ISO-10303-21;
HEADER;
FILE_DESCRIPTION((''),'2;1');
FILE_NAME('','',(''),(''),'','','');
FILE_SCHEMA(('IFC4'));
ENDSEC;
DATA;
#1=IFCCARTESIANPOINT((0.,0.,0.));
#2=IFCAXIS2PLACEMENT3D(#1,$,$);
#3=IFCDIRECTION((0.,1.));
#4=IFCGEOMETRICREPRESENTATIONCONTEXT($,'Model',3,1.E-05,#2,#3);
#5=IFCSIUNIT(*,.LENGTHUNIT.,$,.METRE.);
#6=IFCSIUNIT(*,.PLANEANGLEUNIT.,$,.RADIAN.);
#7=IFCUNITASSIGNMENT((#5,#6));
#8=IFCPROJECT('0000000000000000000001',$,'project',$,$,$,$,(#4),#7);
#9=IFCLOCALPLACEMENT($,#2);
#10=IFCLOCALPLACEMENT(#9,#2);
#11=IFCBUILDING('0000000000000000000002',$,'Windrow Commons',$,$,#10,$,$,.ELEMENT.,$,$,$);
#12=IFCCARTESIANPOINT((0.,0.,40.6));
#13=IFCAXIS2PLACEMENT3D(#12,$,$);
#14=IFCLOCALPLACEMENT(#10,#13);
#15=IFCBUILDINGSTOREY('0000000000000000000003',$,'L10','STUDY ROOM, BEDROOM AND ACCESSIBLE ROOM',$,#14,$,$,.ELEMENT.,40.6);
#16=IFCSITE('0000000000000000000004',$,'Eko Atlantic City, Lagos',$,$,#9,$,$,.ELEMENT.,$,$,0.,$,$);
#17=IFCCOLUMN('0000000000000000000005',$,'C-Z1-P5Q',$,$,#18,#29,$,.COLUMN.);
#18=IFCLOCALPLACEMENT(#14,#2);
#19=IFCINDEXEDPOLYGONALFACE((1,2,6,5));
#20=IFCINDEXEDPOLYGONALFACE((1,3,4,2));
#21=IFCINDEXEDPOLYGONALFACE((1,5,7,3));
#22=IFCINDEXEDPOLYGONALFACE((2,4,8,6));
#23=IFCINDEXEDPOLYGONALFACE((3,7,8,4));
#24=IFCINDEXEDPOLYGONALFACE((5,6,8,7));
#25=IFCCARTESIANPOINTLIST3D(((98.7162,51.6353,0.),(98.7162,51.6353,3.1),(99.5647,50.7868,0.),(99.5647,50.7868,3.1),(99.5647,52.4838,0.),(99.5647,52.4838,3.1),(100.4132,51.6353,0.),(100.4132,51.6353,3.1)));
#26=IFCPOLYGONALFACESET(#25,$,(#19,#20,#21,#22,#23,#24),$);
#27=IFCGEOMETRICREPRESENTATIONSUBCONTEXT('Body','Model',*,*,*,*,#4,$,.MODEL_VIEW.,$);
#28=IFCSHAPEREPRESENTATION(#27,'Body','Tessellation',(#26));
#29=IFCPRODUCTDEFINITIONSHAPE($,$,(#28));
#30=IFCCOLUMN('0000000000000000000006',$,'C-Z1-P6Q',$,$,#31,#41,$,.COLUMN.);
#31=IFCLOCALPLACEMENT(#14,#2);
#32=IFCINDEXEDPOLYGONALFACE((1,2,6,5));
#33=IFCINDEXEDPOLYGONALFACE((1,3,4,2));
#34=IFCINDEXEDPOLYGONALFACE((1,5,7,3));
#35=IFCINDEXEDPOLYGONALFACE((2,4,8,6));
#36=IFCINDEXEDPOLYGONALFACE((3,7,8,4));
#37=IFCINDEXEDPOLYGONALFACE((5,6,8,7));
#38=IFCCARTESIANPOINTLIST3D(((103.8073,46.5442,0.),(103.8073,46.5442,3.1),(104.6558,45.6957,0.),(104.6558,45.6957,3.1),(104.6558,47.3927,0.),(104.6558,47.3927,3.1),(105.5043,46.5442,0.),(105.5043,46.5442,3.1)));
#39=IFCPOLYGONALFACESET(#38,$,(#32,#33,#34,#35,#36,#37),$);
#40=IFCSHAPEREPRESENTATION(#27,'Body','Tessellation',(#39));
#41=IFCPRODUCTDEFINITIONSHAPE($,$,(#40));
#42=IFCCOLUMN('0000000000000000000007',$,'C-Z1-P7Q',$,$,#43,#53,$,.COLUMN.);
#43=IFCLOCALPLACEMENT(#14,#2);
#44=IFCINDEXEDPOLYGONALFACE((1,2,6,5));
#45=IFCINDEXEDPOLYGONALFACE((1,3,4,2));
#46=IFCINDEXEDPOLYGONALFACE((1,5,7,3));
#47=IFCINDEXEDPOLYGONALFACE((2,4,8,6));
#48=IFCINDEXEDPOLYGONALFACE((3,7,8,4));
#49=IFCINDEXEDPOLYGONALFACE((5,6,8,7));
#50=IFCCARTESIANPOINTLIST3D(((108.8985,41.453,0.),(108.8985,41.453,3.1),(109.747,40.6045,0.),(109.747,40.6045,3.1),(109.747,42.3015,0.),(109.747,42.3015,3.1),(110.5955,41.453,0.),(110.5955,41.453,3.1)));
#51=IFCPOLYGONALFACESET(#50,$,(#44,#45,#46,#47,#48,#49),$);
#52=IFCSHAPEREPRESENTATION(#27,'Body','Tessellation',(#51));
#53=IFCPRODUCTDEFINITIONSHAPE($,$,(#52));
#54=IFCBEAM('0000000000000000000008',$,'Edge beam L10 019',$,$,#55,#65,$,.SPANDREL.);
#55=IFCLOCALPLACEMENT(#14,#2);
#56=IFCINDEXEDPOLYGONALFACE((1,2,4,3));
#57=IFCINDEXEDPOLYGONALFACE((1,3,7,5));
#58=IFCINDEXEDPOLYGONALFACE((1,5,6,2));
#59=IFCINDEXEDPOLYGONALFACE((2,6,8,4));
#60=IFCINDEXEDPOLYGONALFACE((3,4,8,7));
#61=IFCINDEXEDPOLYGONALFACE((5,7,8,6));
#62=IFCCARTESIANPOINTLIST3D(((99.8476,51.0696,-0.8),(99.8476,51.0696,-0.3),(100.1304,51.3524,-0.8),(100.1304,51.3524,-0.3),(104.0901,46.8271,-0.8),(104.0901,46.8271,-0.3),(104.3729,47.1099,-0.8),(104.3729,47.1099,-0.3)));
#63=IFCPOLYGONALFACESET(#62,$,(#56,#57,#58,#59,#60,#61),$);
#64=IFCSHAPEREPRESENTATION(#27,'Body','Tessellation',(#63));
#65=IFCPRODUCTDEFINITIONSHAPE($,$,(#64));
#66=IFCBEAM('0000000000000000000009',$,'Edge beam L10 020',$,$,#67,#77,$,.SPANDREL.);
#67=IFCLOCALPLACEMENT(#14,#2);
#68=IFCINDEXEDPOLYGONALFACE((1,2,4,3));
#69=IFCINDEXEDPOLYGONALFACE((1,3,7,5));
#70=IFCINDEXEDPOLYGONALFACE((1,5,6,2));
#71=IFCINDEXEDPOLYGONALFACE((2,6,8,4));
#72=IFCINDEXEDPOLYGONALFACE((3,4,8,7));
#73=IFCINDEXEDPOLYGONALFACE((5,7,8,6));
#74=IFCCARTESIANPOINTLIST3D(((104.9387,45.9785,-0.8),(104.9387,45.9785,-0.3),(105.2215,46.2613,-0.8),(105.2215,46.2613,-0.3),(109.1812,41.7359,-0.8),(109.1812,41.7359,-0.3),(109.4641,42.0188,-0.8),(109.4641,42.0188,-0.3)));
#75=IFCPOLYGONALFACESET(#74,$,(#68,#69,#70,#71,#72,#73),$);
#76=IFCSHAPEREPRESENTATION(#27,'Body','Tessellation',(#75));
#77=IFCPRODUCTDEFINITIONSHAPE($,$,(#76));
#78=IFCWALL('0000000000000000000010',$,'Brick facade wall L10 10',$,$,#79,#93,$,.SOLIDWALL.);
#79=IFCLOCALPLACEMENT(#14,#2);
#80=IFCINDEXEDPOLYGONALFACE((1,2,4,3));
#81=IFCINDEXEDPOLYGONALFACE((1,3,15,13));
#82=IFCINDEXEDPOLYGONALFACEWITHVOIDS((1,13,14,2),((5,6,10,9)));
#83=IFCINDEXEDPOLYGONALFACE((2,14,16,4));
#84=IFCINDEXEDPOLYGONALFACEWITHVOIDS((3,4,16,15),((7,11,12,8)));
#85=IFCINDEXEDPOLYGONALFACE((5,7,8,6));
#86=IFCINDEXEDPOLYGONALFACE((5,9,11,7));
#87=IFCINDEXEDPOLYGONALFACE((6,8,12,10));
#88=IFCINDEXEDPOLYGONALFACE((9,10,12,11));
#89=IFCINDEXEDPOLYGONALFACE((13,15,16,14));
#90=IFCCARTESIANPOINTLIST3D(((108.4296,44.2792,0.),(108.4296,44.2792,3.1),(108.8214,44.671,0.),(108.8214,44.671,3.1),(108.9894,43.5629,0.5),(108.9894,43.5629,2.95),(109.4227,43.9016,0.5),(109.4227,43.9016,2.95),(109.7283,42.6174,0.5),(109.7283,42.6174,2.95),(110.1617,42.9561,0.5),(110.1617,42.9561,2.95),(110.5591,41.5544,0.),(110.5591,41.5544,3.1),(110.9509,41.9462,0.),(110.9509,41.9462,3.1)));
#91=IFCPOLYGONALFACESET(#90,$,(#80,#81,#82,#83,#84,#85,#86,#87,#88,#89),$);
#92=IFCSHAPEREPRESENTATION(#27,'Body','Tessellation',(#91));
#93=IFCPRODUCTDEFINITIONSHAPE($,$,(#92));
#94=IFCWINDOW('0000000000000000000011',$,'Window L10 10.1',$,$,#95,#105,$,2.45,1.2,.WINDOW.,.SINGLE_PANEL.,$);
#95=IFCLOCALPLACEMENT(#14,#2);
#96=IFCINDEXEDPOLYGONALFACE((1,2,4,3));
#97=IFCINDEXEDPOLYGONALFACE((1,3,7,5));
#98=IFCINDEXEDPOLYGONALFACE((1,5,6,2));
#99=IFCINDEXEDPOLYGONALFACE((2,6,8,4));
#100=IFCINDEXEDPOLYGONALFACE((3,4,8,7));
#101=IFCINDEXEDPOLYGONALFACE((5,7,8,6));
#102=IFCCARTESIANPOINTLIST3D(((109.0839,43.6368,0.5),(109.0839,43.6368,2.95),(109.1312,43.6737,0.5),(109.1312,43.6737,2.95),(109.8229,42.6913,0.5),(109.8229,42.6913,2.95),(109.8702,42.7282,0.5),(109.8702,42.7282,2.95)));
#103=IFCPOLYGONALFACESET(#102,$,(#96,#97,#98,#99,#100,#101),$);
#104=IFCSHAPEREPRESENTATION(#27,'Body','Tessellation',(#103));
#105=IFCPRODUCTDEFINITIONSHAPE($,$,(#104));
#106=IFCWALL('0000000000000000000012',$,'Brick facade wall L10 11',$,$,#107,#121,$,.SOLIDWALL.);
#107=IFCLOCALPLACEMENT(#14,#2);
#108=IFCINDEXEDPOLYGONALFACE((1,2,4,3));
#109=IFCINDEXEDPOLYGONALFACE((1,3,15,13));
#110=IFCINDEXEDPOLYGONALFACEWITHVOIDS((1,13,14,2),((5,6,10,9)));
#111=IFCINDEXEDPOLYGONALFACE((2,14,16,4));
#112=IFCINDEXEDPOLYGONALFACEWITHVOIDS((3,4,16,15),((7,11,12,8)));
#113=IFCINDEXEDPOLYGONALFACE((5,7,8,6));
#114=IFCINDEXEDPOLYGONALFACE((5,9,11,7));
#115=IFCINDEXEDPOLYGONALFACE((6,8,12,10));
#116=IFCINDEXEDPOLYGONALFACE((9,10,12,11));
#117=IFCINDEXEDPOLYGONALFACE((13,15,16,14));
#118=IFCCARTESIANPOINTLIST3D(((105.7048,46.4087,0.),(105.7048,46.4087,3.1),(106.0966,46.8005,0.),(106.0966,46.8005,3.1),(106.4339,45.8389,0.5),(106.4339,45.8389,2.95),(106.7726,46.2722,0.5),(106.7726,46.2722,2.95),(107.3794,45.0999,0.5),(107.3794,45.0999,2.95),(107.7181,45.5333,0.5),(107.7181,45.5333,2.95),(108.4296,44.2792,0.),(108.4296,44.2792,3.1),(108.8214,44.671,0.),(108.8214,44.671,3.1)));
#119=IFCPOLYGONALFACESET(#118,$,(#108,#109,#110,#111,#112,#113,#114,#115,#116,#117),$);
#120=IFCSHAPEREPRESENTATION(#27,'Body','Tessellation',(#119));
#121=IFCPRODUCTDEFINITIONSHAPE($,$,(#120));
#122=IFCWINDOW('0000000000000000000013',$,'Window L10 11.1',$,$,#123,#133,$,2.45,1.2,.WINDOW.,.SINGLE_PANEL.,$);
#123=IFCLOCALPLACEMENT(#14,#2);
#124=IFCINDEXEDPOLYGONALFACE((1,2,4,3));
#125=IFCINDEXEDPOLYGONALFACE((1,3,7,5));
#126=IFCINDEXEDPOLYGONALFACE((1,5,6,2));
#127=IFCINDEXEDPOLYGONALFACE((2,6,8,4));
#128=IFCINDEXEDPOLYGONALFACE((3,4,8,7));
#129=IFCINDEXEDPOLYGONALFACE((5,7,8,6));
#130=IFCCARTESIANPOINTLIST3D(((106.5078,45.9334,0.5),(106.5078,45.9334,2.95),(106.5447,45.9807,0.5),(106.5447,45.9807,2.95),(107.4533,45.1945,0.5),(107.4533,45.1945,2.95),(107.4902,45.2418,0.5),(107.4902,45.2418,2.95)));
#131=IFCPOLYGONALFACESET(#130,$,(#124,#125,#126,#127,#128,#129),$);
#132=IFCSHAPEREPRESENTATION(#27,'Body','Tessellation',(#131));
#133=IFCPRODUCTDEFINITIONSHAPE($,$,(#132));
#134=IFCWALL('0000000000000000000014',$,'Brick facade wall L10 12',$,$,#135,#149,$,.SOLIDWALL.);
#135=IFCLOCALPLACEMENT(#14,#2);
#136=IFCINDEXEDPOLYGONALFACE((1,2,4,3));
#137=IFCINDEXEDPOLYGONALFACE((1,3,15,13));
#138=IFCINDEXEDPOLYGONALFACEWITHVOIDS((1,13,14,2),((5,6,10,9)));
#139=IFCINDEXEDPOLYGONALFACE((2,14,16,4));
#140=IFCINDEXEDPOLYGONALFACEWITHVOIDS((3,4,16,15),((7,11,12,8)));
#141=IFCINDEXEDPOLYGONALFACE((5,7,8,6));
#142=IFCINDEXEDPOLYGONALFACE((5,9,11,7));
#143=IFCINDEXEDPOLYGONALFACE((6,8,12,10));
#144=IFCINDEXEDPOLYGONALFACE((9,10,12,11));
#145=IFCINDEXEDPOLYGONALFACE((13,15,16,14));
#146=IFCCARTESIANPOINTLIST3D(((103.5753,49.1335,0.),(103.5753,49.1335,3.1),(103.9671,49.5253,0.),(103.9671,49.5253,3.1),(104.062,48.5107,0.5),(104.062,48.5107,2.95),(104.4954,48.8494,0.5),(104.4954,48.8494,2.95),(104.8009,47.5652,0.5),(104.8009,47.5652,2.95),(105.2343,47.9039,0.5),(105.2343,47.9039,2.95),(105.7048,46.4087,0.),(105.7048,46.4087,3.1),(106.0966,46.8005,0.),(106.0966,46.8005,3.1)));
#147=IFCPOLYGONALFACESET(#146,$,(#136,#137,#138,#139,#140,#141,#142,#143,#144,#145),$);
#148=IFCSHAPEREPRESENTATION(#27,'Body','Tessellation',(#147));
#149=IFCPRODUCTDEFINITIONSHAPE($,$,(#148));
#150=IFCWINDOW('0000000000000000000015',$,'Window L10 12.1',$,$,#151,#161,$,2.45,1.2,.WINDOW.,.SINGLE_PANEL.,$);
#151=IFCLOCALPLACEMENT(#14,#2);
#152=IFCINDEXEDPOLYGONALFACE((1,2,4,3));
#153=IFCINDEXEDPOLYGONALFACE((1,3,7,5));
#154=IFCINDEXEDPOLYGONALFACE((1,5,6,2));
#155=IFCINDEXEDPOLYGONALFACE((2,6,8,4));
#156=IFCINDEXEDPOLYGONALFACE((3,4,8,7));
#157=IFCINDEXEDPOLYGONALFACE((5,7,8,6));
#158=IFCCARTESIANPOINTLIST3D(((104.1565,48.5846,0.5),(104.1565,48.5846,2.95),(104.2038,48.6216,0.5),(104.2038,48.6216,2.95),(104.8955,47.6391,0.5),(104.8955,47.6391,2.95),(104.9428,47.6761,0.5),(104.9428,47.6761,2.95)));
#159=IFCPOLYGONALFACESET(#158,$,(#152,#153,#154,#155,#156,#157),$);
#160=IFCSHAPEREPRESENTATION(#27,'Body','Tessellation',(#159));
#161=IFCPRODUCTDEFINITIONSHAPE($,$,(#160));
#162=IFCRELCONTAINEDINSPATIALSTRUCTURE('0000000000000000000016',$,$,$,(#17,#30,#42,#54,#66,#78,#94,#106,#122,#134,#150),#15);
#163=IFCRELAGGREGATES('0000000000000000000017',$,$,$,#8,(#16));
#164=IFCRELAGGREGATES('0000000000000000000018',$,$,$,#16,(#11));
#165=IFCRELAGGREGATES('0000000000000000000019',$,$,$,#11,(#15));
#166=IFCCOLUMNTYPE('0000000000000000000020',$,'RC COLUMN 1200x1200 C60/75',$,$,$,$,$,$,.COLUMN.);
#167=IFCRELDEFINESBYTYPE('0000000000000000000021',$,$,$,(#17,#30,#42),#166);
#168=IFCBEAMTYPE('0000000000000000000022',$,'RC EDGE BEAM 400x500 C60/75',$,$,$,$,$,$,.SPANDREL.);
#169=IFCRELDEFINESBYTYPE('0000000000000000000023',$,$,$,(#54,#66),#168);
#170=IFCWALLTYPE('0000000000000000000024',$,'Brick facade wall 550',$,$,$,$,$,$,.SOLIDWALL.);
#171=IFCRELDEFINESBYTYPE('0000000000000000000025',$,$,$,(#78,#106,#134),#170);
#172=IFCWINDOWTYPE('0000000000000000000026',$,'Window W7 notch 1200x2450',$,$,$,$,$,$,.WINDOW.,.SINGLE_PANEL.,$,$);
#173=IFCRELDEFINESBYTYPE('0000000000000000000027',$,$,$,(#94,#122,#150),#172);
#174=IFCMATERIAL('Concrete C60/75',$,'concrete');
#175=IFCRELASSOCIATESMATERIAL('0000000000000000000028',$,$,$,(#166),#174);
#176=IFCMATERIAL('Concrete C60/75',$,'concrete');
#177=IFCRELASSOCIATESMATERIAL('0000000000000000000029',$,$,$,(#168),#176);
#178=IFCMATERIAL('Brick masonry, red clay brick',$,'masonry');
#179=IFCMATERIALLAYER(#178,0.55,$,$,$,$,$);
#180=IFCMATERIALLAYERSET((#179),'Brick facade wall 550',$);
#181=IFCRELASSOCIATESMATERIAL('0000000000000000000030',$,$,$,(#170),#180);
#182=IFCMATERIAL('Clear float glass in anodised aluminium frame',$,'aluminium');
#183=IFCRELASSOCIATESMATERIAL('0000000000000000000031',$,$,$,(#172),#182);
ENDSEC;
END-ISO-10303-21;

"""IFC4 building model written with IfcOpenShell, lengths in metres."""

from ifc_helpers import new_model, si_unit, direction, frame, frame_2d, origin, origin_2d, place, context, subcontext, project, spatial, polyline, rectangle, outline, extrude, material, layer, layer_set, material_profile, profile_set, type_object, element, fill, save


model = new_model("IFC4")

# Units and contexts
model_context = context("Model", 3, precision=1e-05, world=origin(), true_north=direction((0.0, 1.0)))
body_context = subcontext(model_context, "Body", "Model", "MODEL_VIEW")
ifc_project = project(units=[si_unit("LENGTHUNIT", "METRE"), si_unit("PLANEANGLEUNIT", "RADIAN")], contexts=[model_context])

# Site, building, storey
site_placement = place(None, origin())
site = spatial("IfcSite", under=ifc_project, at=site_placement, Name="Eko Atlantic City, Lagos", CompositionType="ELEMENT", RefElevation=0.0)
building_placement = place(site_placement, origin())
building = spatial("IfcBuilding", under=site, at=building_placement, Name="Windrow Commons", CompositionType="ELEMENT")
storey_placement = place(building_placement, frame((0.0, 0.0, 40.6)))
storey = spatial("IfcBuildingStorey", under=building, at=storey_placement, Name="L10", Description="STUDY ROOM, BEDROOM AND ACCESSIBLE ROOM", CompositionType="ELEMENT", Elevation=40.6)

# Columns
ifc_material_1 = material(Name="Concrete C60/75", Category="concrete")
ifc_material_profile_1 = material_profile(ifc_material_1, rectangle(XDim=1.2, YDim=1.2, at=origin_2d()))
ifc_profile_set_1 = profile_set([ifc_material_profile_1], Name="Concrete C60/75")
column_type = type_object("IfcColumnType", Name="RC COLUMN 1200x1200 C60/75", PredefinedType="COLUMN", material=ifc_profile_set_1)
for number, where, z_axis, x_axis, name in (
    (1, (99.5647, 51.6353, 0.0), (0.0, 0.0, 1.0), (0.707107, -0.707107, 0.0), "C-Z1-P5Q"),
    (2, (104.6558, 46.5442, 0.0), (0.0, 0.0, 1.0), (0.707107, -0.707107, 0.0), "C-Z1-P6Q"),
    (3, (109.747, 41.453, 0.0), (0.0, 0.0, 1.0), (0.707107, -0.707107, 0.0), "C-Z1-P7Q"),
):
    element("IfcColumn", number, at=place(storey_placement, frame(where, z_axis=z_axis, x_axis=x_axis)), inside=storey, type_object=column_type, Name=name, PredefinedType="COLUMN", context=body_context, shape_type="SweptSolid", body=[
        extrude(rectangle(XDim=1.2, YDim=1.2, at=origin_2d()), origin(), (0.0, 0.0, 1.0), 3.1),
    ])

# Beams
ifc_material_2 = material(Name="Concrete C60/75", Category="concrete")
ifc_material_profile_2 = material_profile(ifc_material_2, rectangle(XDim=0.4, YDim=0.5, at=origin_2d()))
ifc_profile_set_2 = profile_set([ifc_material_profile_2], Name="Concrete C60/75")
beam_type = type_object("IfcBeamType", Name="RC EDGE BEAM 400x500 C60/75", PredefinedType="SPANDREL", material=ifc_profile_set_2)
beam_1_placement = place(storey_placement, frame((99.989, 51.211, -0.55), z_axis=(0.707107, -0.707107, 0.0), x_axis=(0.707107, 0.707107, 0.0)))
element("IfcBeam", 4, at=beam_1_placement, inside=storey, type_object=beam_type, Name="Edge beam L10 019", PredefinedType="SPANDREL", context=body_context, shape_type="SweptSolid", body=[
    extrude(rectangle(XDim=0.4, YDim=0.5, at=origin_2d()), origin(), (0.0, 0.0, 1.0), 5.9998),
])
beam_2_placement = place(storey_placement, frame((105.0801, 46.1199, -0.55), z_axis=(0.707107, -0.707107, 0.0), x_axis=(0.707107, 0.707107, 0.0)))
element("IfcBeam", 5, at=beam_2_placement, inside=storey, type_object=beam_type, Name="Edge beam L10 020", PredefinedType="SPANDREL", context=body_context, shape_type="SweptSolid", body=[
    extrude(rectangle(XDim=0.4, YDim=0.5, at=origin_2d()), origin(), (0.0, 0.0, 1.0), 5.9999),
])

# Walls, openings, windows
ifc_material_3 = material(Name="Brick masonry, red clay brick", Category="masonry")
ifc_layer_1 = layer(ifc_material_3, 0.55)
ifc_layer_set_1 = layer_set([ifc_layer_1], Name="Brick facade wall 550")
wall_type_1 = type_object("IfcWallType", Name="Brick facade wall 550", PredefinedType="SOLIDWALL", material=ifc_layer_set_1)
wall_1_placement = place(storey_placement, frame((110.755, 41.7503, 0.0), z_axis=(0.0, 0.0, 1.0), x_axis=(-0.615779, 0.787919, 0.0)))
wall_1 = element("IfcWall", 6, at=wall_1_placement, inside=storey, type_object=wall_type_1, Name="Brick facade wall L10 10", PredefinedType="SOLIDWALL", context=body_context, shape_type="SweptSolid", body=[
    extrude(outline(polyline([(0.0337, -0.275), (3.4919, -0.275), (3.4245, 0.275), (-0.0337, 0.275), (0.0337, -0.275)])), origin(), (0.0, 0.0, 1.0), 3.1),
])
opening_1_placement = place(wall_1_placement, frame((1.3154, 0.0, 0.5)))
opening_1 = element("IfcOpeningElement", 7, at=opening_1_placement, cuts=wall_1, PredefinedType="OPENING", context=body_context, shape_type="SweptSolid", body=[
    extrude(rectangle(XDim=1.2, YDim=2.45, at=frame_2d((0.6, 1.225))), frame((0.0, 0.285, 0.0), z_axis=(0.0, -1.0, 0.0), x_axis=(1.0, 0.0, 0.0)), (0.0, 0.0, 1.0), 0.57),
])
ifc_material_4 = material(Name="Clear float glass in anodised aluminium frame", Category="aluminium")
window_type = type_object("IfcWindowType", Name="Window W7 notch 1200x2450", PartitioningType="SINGLE_PANEL", PredefinedType="WINDOW", material=ifc_material_4)
window_1_placement = place(opening_1_placement, origin())
window_1 = element("IfcWindow", 8, at=window_1_placement, inside=storey, type_object=window_type, Name="Window L10 10.1", OverallHeight=2.45, OverallWidth=1.2, PartitioningType="SINGLE_PANEL", PredefinedType="WINDOW", context=body_context, shape_type="SweptSolid", body=[
    extrude(rectangle(XDim=1.2, YDim=2.45, at=frame_2d((0.6, 1.225))), frame((0.0, 0.155, 0.0), z_axis=(0.0, -1.0, 0.0), x_axis=(1.0, 0.0, 0.0)), (0.0, 0.0, 1.0), 0.06),
])
fill(opening_1, window_1)
wall_2_placement = place(storey_placement, frame((108.6255, 44.4751, 0.0), z_axis=(0.0, 0.0, 1.0), x_axis=(-0.787919, 0.615779, 0.0)))
wall_2 = element("IfcWall", 9, at=wall_2_placement, inside=storey, type_object=wall_type_1, Name="Brick facade wall L10 11", PredefinedType="SOLIDWALL", context=body_context, shape_type="SweptSolid", body=[
    extrude(outline(polyline([(-0.0337, -0.275), (3.4245, -0.275), (3.4919, 0.275), (0.0337, 0.275), (-0.0337, -0.275)])), origin(), (0.0, 0.0, 1.0), 3.1),
])
opening_2_placement = place(wall_2_placement, frame((1.3666, 0.0, 0.5)))
opening_2 = element("IfcOpeningElement", 10, at=opening_2_placement, cuts=wall_2, PredefinedType="OPENING", context=body_context, shape_type="SweptSolid", body=[
    extrude(rectangle(XDim=1.2, YDim=2.45, at=frame_2d((0.6, 1.225))), frame((0.0, 0.285, 0.0), z_axis=(0.0, -1.0, 0.0), x_axis=(1.0, 0.0, 0.0)), (0.0, 0.0, 1.0), 0.57),
])
window_2_placement = place(opening_2_placement, origin())
window_2 = element("IfcWindow", 11, at=window_2_placement, inside=storey, type_object=window_type, Name="Window L10 11.1", OverallHeight=2.45, OverallWidth=1.2, PartitioningType="SINGLE_PANEL", PredefinedType="WINDOW", context=body_context, shape_type="SweptSolid", body=[
    extrude(rectangle(XDim=1.2, YDim=2.45, at=frame_2d((0.6, 1.225))), frame((0.0, 0.155, 0.0), z_axis=(0.0, -1.0, 0.0), x_axis=(1.0, 0.0, 0.0)), (0.0, 0.0, 1.0), 0.06),
])
fill(opening_2, window_2)
wall_3_placement = place(storey_placement, frame((105.9007, 46.6046, 0.0), z_axis=(0.0, 0.0, 1.0), x_axis=(-0.615779, 0.787919, 0.0)))
wall_3 = element("IfcWall", 12, at=wall_3_placement, inside=storey, type_object=wall_type_1, Name="Brick facade wall L10 12", PredefinedType="SOLIDWALL", context=body_context, shape_type="SweptSolid", body=[
    extrude(outline(polyline([(0.0337, -0.275), (3.4919, -0.275), (3.4245, 0.275), (-0.0337, 0.275), (0.0337, -0.275)])), origin(), (0.0, 0.0, 1.0), 3.1),
])
opening_3_placement = place(wall_3_placement, frame((1.4341, 0.0, 0.5)))
opening_3 = element("IfcOpeningElement", 13, at=opening_3_placement, cuts=wall_3, PredefinedType="OPENING", context=body_context, shape_type="SweptSolid", body=[
    extrude(rectangle(XDim=1.2, YDim=2.45, at=frame_2d((0.6, 1.225))), frame((0.0, 0.285, 0.0), z_axis=(0.0, -1.0, 0.0), x_axis=(1.0, 0.0, 0.0)), (0.0, 0.0, 1.0), 0.57),
])
window_3_placement = place(opening_3_placement, origin())
window_3 = element("IfcWindow", 14, at=window_3_placement, inside=storey, type_object=window_type, Name="Window L10 12.1", OverallHeight=2.45, OverallWidth=1.2, PartitioningType="SINGLE_PANEL", PredefinedType="WINDOW", context=body_context, shape_type="SweptSolid", body=[
    extrude(rectangle(XDim=1.2, YDim=2.45, at=frame_2d((0.6, 1.225))), frame((0.0, 0.155, 0.0), z_axis=(0.0, -1.0, 0.0), x_axis=(1.0, 0.0, 0.0)), (0.0, 0.0, 1.0), 0.06),
])
fill(opening_3, window_3)

save(model, "model.ifc")
